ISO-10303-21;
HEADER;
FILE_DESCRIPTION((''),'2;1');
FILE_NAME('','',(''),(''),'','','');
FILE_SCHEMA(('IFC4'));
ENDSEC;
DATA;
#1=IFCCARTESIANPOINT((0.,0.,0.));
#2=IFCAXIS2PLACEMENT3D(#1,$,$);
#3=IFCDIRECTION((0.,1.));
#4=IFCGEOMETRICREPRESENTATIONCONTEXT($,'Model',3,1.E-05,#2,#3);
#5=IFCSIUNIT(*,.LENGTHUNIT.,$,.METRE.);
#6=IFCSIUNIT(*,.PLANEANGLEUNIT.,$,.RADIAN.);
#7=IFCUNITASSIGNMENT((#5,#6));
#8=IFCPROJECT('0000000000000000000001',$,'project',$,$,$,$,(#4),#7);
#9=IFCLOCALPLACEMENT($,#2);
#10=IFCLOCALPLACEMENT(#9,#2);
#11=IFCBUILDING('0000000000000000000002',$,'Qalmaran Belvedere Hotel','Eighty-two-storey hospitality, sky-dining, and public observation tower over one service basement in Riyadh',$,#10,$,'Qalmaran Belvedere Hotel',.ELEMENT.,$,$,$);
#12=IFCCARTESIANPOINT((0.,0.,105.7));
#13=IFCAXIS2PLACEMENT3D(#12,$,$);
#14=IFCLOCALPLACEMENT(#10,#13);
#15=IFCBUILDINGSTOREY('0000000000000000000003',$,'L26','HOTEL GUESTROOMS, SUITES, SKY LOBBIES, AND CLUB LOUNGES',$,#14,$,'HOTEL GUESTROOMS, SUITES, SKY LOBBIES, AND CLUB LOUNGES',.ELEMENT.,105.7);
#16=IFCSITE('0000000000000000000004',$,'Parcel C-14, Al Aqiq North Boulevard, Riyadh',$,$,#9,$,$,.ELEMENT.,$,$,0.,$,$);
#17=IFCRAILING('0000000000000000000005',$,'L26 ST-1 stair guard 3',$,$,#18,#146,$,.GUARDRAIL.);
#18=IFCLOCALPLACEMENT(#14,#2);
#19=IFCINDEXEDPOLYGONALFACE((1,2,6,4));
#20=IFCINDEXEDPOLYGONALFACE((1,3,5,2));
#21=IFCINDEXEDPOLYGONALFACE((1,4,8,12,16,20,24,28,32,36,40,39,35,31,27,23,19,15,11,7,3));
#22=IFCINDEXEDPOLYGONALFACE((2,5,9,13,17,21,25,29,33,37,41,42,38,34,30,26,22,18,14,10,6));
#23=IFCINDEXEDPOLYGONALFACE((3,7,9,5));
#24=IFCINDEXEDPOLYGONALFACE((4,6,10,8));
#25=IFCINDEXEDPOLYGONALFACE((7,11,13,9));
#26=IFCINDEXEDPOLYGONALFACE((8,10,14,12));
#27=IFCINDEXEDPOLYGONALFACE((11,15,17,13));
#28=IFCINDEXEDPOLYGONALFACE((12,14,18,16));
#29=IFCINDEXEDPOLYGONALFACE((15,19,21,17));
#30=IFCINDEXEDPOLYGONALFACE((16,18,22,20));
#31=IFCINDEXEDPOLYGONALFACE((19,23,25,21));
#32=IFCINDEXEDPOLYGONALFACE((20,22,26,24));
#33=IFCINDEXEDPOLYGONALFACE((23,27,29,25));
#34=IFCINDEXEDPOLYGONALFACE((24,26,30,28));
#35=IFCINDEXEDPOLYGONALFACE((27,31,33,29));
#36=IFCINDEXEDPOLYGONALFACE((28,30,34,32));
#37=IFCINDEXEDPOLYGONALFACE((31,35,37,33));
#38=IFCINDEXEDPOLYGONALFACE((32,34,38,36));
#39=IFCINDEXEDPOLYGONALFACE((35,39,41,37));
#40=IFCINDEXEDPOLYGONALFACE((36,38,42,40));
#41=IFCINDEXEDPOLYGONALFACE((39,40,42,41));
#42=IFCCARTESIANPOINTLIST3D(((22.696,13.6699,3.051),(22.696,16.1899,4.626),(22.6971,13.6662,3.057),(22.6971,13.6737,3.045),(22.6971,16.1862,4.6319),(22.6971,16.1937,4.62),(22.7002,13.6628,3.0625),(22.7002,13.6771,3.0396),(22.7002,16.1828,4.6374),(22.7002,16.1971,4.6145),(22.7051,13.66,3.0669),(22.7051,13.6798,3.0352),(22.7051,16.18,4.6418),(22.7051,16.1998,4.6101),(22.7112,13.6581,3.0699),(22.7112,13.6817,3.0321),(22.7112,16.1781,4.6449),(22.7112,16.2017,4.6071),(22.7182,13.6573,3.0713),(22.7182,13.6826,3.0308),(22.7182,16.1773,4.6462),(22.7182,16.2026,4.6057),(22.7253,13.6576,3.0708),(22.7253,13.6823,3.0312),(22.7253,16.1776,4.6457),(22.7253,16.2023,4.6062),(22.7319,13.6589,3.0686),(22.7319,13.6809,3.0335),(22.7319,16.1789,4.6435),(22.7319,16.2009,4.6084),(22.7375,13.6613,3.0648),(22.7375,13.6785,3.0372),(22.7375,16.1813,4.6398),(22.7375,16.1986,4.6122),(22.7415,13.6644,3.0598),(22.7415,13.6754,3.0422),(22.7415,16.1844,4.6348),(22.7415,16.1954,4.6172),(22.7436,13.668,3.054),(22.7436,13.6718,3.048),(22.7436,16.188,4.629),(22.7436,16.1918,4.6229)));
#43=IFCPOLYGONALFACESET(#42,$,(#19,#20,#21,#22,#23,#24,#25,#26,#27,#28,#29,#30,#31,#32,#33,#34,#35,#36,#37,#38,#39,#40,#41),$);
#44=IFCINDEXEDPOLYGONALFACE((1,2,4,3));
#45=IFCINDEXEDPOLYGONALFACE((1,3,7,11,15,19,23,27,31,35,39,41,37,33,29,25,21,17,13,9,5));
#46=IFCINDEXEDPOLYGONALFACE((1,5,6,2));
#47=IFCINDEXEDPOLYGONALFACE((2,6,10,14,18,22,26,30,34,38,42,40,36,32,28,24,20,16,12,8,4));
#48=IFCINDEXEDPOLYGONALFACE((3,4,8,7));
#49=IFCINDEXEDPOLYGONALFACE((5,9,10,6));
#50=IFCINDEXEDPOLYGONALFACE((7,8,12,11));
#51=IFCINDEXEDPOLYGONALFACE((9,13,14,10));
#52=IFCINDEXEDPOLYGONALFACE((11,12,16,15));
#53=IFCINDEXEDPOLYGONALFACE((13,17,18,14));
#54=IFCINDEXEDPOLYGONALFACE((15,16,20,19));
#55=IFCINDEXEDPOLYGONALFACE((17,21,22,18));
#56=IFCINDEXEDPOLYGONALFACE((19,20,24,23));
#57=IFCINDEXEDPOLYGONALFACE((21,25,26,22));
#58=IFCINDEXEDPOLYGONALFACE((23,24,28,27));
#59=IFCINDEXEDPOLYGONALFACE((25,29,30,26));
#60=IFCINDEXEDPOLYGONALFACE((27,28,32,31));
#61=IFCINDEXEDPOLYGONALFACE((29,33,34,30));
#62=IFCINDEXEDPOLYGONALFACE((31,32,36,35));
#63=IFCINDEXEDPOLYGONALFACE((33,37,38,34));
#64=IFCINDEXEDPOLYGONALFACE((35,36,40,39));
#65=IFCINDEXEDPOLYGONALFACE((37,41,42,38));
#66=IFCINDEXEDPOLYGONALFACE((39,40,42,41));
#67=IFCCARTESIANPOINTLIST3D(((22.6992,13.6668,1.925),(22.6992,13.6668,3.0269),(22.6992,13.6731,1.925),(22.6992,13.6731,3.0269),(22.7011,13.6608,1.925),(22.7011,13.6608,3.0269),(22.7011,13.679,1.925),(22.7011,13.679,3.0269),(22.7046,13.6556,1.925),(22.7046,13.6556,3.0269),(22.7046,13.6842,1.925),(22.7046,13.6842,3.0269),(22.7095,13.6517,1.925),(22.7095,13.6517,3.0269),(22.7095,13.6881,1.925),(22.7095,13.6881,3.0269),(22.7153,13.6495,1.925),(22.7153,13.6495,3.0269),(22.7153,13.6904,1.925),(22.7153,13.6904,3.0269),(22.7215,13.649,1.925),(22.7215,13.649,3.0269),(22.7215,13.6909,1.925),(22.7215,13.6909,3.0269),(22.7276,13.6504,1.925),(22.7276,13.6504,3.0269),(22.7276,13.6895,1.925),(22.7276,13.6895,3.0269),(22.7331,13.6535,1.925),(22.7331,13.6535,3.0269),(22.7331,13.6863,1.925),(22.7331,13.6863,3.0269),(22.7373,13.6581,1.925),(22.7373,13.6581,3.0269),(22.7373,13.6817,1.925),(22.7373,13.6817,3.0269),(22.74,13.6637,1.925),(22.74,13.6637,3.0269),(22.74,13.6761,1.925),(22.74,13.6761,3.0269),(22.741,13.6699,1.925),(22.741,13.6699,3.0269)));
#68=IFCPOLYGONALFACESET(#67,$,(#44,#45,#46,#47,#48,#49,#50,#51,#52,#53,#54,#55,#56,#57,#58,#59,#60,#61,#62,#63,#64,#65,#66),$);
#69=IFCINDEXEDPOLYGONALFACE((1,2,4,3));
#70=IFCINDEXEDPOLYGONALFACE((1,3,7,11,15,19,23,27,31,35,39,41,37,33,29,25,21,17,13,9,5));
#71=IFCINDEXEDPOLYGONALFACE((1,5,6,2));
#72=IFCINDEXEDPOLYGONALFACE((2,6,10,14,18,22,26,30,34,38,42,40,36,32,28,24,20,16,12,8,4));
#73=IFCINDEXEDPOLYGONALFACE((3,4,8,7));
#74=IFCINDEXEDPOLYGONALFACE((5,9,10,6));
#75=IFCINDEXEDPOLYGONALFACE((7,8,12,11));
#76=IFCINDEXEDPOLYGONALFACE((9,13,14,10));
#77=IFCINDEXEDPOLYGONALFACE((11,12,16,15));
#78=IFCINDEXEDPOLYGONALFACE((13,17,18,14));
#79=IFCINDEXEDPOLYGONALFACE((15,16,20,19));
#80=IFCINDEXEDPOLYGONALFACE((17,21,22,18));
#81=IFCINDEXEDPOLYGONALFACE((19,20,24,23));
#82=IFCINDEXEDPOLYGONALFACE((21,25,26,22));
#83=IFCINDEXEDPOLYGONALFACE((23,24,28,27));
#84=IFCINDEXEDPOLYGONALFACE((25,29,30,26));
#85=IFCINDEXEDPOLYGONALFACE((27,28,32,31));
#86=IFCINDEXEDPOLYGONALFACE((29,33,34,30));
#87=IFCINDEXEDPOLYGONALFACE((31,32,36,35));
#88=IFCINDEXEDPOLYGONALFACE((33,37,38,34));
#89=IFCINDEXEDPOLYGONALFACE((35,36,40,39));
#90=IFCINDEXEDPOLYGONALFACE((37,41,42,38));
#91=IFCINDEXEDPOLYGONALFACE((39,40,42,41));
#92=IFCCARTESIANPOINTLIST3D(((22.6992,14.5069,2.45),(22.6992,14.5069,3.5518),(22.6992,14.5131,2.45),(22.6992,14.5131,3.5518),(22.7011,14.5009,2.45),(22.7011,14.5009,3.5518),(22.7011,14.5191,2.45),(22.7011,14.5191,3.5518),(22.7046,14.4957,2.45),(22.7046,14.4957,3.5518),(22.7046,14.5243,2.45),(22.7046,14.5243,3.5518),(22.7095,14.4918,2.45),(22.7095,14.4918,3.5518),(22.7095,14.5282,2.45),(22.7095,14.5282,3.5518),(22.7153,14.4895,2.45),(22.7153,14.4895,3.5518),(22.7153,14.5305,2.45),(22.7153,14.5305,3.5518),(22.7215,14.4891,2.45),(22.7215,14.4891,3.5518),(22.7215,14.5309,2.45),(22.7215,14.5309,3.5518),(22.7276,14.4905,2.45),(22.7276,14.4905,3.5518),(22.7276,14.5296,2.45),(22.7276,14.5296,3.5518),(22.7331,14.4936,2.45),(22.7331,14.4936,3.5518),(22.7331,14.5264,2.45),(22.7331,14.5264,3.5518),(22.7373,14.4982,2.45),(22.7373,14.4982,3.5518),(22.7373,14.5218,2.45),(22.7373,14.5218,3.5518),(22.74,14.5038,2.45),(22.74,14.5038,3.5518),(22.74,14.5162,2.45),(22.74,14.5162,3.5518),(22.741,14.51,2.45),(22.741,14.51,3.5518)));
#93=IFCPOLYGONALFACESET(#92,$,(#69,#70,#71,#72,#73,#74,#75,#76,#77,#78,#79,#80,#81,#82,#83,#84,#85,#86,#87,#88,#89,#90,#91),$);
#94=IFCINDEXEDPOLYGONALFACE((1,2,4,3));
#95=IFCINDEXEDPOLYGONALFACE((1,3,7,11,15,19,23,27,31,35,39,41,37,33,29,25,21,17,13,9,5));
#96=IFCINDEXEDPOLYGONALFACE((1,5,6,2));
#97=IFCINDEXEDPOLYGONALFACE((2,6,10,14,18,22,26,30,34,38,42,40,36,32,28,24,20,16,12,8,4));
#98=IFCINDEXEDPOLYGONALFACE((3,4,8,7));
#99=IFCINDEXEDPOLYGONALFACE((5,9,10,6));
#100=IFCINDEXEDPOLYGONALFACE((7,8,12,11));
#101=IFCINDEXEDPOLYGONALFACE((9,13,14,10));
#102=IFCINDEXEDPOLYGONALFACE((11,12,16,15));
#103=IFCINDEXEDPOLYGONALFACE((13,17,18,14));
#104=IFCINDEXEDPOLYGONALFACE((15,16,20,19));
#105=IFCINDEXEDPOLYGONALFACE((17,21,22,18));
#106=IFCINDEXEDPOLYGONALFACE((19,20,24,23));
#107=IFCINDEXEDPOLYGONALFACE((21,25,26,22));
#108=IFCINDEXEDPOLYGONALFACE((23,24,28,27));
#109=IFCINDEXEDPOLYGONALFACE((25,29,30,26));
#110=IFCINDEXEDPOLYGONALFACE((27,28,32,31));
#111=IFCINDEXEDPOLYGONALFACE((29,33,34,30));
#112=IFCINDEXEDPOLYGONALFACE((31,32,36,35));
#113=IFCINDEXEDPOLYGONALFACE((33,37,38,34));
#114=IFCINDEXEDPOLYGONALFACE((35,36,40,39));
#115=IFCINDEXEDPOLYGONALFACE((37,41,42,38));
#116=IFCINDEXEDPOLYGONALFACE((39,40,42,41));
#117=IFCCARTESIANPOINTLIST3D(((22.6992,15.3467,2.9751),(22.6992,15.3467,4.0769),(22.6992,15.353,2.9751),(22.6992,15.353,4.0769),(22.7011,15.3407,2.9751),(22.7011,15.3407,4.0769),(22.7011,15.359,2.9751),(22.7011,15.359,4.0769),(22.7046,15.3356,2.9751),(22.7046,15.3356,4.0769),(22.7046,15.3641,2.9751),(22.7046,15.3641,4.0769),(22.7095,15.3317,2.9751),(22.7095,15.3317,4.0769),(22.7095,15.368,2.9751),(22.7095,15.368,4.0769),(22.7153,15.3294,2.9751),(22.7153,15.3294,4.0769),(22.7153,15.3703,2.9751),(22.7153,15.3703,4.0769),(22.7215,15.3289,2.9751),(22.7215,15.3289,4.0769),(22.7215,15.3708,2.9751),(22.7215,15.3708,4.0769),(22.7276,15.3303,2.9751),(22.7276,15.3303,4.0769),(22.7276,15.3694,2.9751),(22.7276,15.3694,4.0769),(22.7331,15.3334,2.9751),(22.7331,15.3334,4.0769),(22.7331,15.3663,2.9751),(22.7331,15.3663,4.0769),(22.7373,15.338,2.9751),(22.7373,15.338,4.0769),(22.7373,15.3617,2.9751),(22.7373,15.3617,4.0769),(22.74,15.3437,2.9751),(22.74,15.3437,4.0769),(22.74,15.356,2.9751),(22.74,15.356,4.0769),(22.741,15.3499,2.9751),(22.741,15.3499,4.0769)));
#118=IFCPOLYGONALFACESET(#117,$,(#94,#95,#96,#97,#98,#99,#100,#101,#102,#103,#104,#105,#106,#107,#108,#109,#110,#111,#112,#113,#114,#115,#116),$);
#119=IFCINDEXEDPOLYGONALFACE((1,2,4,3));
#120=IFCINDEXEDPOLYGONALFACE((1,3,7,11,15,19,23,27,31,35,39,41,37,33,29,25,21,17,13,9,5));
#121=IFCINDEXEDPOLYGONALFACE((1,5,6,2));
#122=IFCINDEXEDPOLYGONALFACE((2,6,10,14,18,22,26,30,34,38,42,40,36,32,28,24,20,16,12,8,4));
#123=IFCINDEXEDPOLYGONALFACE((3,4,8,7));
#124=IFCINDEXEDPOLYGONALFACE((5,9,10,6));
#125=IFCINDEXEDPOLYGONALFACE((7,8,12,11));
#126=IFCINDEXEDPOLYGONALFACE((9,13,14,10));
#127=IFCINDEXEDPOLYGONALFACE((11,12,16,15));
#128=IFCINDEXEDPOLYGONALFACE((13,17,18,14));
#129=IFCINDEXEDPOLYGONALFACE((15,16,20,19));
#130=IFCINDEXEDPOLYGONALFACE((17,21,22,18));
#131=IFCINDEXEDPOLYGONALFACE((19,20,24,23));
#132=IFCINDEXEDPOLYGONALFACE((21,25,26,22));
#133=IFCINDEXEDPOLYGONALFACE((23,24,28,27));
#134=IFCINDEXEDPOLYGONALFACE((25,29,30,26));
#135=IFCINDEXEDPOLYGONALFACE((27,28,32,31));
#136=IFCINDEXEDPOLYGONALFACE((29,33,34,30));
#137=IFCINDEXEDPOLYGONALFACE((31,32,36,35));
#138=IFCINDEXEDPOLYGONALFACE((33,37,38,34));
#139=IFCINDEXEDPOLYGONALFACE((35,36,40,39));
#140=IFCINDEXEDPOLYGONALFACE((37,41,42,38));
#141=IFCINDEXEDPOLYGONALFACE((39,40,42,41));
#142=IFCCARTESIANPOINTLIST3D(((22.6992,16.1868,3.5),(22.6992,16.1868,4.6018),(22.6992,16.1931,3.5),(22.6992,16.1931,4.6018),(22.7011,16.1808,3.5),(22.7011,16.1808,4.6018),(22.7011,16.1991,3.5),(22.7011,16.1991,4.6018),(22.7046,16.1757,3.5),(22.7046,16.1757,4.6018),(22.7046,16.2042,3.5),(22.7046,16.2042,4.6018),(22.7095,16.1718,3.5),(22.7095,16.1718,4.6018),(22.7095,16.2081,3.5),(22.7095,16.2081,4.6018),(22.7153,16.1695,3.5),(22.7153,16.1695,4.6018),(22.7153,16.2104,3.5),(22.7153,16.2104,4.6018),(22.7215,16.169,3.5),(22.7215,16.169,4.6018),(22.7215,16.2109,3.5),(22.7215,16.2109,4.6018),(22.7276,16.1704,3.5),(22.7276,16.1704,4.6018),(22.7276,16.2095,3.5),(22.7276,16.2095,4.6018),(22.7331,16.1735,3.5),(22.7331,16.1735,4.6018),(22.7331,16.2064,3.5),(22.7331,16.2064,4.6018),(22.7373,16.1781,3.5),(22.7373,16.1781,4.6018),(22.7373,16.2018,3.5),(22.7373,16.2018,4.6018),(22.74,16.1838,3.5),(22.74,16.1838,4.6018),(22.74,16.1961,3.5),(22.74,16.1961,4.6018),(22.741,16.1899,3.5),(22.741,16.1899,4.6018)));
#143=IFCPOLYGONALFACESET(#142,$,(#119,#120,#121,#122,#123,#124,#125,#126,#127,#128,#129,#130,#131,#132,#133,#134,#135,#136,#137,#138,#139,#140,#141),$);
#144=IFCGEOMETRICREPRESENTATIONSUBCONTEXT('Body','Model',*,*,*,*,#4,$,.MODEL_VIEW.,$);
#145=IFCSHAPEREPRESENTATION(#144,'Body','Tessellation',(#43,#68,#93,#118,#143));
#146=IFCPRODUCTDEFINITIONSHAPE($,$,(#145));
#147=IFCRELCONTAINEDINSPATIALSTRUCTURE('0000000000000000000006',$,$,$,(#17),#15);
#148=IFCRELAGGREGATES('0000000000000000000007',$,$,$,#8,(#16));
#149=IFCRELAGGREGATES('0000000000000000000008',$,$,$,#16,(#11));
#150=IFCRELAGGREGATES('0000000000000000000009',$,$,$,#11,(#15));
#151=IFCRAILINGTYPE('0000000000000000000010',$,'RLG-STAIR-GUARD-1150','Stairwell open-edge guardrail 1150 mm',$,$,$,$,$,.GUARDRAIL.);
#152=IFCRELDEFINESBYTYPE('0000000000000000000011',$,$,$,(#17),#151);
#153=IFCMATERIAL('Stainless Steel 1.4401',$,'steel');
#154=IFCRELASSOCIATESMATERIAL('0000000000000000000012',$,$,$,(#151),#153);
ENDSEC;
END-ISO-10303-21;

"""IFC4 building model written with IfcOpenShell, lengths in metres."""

from ifc_helpers import new_model, si_unit, direction, frame, origin, origin_2d, place, context, subcontext, project, spatial, circle, extrude, material, type_object, element, save


model = new_model("IFC4")

# Units and contexts
model_context = context("Model", 3, precision=1e-05, world=origin(), true_north=direction((0.0, 1.0)))
body_context = subcontext(model_context, "Body", "Model", "MODEL_VIEW")
ifc_project = project(units=[si_unit("LENGTHUNIT", "METRE"), si_unit("PLANEANGLEUNIT", "RADIAN")], contexts=[model_context])

# Site, building, storey
site_placement = place(None, origin())
site = spatial("IfcSite", under=ifc_project, at=site_placement, Name="Parcel C-14, Al Aqiq North Boulevard, Riyadh", CompositionType="ELEMENT", RefElevation=0.0)
building_placement = place(site_placement, origin())
building = spatial("IfcBuilding", under=site, at=building_placement, Name="Qalmaran Belvedere Hotel", Description="Eighty-two-storey hospitality, sky-dining, and public observation tower over one service basement in Riyadh", LongName="Qalmaran Belvedere Hotel", CompositionType="ELEMENT")
storey_placement = place(building_placement, frame((0.0, 0.0, 105.7)))
storey = spatial("IfcBuildingStorey", under=building, at=storey_placement, Name="L26", Description="HOTEL GUESTROOMS, SUITES, SKY LOBBIES, AND CLUB LOUNGES", LongName="HOTEL GUESTROOMS, SUITES, SKY LOBBIES, AND CLUB LOUNGES", CompositionType="ELEMENT", Elevation=105.7)

# Shared definitions
ifc_material_1 = material(Name="Stainless Steel 1.4401", Category="steel")

# Railing
railing_type_1 = type_object("IfcRailingType", Name="RLG-STAIR-GUARD-1150", Description="Stairwell open-edge guardrail 1150 mm", PredefinedType="GUARDRAIL", material=ifc_material_1)
railing_1_placement = place(storey_placement, frame((22.72, 13.6699, 1.925)))
element("IfcRailing", 1, at=railing_1_placement, inside=storey, type_object=railing_type_1, Name="L26 ST-1 stair guard 3", PredefinedType="GUARDRAIL", context=body_context, shape_type="SweptSolid", body=[
    extrude(circle(Radius=0.0239, at=origin_2d()), frame((0.0, 0.0, 1.126), z_axis=(0.0, 0.848008, 0.529984), x_axis=(-1.0, 0.0, 0.0)), (0.0, 0.0, 1.0), 2.9717),
    extrude(circle(Radius=0.021, at=origin_2d()), origin(), (0.0, 0.0, 1.0), 1.1018),
    extrude(circle(Radius=0.021, at=origin_2d()), frame((0.0, 0.8401, 0.5249)), (0.0, 0.0, 1.0), 1.1018),
    extrude(circle(Radius=0.021, at=origin_2d()), frame((0.0, 1.6799, 1.05)), (0.0, 0.0, 1.0), 1.1018),
    extrude(circle(Radius=0.021, at=origin_2d()), frame((0.0, 2.52, 1.575)), (0.0, 0.0, 1.0), 1.1018),
])

save(model, "model.ifc")
